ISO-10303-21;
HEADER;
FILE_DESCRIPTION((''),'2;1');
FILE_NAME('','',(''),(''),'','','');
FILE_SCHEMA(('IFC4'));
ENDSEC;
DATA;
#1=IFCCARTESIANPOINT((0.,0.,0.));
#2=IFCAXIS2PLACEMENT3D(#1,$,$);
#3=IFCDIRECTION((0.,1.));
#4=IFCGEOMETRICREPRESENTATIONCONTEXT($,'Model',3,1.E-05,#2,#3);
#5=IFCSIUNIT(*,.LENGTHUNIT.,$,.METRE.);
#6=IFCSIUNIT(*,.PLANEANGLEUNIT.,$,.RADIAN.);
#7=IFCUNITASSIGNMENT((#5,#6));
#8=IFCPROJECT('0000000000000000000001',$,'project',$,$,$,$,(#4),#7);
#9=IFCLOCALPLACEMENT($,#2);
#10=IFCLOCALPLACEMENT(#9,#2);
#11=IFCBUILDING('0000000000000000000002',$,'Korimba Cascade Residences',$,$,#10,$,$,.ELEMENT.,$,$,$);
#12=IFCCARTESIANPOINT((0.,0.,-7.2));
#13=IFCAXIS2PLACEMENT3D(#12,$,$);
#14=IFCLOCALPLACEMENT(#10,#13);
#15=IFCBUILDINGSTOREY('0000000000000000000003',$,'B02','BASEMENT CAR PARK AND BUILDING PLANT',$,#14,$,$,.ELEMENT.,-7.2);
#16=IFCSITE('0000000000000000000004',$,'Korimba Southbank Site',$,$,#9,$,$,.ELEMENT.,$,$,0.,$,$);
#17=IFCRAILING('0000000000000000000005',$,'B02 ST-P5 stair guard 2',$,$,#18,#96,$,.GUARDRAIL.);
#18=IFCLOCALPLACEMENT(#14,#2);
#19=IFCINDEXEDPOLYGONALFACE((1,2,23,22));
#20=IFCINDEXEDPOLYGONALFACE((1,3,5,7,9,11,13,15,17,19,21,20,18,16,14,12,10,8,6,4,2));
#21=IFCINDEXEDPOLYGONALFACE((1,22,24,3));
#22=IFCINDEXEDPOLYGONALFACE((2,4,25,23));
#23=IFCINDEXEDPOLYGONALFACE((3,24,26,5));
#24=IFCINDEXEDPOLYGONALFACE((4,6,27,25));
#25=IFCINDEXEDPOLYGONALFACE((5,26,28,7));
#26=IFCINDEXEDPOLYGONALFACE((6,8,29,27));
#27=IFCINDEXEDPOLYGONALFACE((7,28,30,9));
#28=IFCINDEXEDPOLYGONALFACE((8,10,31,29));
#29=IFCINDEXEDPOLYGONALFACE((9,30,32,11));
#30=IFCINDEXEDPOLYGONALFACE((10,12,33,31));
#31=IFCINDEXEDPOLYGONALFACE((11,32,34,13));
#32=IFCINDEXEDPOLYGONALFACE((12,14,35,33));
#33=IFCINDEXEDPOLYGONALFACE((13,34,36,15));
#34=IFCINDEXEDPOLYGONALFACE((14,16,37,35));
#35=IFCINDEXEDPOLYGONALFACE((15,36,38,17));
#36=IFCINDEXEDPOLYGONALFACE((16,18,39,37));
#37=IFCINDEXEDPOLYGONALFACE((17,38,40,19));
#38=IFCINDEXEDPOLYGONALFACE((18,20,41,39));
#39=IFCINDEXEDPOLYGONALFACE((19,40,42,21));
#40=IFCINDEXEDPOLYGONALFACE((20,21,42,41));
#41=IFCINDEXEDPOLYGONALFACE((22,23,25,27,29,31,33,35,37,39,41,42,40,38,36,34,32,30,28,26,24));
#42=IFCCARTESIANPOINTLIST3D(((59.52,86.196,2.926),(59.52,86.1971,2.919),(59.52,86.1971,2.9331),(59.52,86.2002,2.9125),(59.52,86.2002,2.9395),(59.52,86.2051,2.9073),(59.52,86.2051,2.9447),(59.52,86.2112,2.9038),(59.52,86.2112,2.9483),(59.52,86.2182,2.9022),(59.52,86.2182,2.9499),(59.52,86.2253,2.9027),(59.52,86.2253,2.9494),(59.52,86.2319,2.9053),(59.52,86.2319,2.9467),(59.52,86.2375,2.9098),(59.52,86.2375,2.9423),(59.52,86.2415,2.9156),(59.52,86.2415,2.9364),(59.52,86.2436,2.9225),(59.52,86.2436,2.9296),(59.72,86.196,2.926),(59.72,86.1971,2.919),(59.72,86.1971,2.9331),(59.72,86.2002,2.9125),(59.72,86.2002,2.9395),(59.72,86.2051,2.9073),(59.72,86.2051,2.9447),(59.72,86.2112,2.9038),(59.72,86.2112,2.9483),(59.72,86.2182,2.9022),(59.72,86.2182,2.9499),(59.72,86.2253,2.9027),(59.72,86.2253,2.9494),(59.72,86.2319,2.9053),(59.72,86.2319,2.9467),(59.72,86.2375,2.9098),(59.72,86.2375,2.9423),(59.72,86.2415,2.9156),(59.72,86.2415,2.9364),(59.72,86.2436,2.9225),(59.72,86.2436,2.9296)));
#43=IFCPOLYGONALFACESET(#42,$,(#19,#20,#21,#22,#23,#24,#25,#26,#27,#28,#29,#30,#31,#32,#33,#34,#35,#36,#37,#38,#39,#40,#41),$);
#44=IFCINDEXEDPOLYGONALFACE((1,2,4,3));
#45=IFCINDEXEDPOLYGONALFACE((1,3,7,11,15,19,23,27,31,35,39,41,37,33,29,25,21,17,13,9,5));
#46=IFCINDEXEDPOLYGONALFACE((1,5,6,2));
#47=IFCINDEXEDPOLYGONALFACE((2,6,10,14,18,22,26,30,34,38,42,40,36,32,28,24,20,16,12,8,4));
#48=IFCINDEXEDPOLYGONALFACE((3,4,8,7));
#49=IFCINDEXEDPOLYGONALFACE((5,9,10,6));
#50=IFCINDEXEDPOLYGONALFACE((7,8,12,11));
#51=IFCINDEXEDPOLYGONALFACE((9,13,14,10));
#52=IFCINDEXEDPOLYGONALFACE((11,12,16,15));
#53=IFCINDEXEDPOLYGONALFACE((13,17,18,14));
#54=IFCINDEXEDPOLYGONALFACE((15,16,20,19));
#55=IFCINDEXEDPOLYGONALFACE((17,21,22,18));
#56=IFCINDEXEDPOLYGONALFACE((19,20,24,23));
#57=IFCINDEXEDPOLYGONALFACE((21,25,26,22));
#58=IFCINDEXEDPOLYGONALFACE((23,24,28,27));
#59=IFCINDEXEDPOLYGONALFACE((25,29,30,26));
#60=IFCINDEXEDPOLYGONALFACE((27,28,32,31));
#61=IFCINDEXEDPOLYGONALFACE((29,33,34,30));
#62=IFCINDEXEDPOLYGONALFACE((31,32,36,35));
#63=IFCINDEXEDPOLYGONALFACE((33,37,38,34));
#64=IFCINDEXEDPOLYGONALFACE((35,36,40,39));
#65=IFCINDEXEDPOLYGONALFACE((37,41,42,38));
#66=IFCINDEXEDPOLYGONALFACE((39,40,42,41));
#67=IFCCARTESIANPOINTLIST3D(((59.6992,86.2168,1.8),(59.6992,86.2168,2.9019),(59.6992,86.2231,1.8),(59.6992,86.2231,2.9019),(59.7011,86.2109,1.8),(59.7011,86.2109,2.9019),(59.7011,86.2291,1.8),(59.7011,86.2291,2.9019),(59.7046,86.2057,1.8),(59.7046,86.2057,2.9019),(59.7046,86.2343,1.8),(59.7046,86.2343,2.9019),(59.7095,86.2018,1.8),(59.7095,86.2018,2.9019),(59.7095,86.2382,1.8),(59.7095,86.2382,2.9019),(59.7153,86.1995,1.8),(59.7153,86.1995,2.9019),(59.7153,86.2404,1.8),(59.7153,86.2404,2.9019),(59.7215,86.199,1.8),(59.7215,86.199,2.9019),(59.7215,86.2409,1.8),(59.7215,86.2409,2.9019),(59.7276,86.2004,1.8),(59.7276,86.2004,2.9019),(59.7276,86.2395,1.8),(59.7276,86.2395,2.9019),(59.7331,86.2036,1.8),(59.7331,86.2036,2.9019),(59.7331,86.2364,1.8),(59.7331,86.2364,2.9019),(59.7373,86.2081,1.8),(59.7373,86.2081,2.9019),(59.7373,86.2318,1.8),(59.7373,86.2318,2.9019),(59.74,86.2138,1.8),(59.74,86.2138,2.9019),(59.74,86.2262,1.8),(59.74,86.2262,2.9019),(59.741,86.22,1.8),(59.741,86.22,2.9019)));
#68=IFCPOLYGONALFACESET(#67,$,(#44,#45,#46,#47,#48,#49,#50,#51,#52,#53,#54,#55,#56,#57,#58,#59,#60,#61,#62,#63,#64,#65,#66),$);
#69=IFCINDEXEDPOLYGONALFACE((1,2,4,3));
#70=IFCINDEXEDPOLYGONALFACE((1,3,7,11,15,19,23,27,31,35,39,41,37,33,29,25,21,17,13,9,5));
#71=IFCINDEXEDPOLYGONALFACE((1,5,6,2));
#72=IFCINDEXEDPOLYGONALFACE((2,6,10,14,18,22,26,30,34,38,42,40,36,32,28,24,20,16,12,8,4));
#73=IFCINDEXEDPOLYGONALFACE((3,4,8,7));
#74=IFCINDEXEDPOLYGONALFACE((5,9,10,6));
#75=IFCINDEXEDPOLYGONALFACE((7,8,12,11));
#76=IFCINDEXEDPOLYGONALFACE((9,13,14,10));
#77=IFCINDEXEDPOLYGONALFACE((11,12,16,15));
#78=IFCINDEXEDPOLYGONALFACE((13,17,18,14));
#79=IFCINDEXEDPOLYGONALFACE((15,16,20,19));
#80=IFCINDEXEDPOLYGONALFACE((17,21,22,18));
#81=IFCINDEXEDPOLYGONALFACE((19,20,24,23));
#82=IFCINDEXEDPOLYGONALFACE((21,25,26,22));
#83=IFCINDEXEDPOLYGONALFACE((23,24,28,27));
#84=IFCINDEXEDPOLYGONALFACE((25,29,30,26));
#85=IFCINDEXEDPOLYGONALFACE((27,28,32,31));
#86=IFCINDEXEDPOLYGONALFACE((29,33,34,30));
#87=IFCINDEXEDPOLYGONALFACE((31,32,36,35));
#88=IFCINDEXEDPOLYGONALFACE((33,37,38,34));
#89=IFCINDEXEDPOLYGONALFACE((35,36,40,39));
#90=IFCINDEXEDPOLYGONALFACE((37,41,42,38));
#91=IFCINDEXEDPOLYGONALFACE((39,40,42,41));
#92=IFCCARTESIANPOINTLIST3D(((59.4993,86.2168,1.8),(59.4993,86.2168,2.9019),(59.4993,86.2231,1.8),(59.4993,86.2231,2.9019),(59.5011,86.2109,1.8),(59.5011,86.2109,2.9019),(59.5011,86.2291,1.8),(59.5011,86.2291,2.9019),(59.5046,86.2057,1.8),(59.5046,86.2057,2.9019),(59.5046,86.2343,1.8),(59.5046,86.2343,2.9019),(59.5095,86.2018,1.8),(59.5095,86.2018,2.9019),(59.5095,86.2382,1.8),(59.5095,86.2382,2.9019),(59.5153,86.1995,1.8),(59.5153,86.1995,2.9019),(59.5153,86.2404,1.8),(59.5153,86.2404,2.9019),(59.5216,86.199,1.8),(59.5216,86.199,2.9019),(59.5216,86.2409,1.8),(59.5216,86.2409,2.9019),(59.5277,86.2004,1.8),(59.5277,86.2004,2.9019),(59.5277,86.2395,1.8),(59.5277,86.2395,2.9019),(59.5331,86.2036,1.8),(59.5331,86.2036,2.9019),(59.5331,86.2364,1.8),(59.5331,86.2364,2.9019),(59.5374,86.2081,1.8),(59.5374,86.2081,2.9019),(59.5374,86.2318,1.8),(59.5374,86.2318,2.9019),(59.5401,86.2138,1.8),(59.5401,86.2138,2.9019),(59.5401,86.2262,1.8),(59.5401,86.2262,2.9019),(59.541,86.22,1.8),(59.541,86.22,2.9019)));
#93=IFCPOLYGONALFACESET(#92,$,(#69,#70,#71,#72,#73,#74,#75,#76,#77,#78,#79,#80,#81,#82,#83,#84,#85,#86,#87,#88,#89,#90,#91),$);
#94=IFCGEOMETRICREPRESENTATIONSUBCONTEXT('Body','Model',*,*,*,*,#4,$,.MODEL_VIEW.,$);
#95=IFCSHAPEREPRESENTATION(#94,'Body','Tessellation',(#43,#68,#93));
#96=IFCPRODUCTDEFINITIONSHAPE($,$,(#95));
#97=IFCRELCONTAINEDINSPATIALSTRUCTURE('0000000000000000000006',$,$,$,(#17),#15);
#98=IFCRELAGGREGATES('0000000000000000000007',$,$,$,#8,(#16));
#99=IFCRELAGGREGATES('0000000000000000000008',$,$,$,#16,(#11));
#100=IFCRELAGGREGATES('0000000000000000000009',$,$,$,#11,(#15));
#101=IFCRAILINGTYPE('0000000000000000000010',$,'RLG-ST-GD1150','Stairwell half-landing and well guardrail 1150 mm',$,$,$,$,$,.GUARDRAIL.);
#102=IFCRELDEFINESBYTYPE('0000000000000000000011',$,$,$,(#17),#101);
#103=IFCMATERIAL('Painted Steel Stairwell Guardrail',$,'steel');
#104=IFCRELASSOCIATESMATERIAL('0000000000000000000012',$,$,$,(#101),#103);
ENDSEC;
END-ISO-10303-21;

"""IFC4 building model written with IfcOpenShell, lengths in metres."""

from ifc_helpers import new_model, si_unit, direction, frame, origin, origin_2d, place, context, subcontext, project, spatial, circle, extrude, material, type_object, element, save


model = new_model("IFC4")

# Units and contexts
model_context = context("Model", 3, precision=1e-05, world=origin(), true_north=direction((0.0, 1.0)))
body_context = subcontext(model_context, "Body", "Model", "MODEL_VIEW")
ifc_project = project(units=[si_unit("LENGTHUNIT", "METRE"), si_unit("PLANEANGLEUNIT", "RADIAN")], contexts=[model_context])

# Site, building, storey
site_placement = place(None, origin())
site = spatial("IfcSite", under=ifc_project, at=site_placement, Name="Korimba Southbank Site", CompositionType="ELEMENT", RefElevation=0.0)
building_placement = place(site_placement, origin())
building = spatial("IfcBuilding", under=site, at=building_placement, Name="Korimba Cascade Residences", CompositionType="ELEMENT")
storey_placement = place(building_placement, frame((0.0, 0.0, -7.2)))
storey = spatial("IfcBuildingStorey", under=building, at=storey_placement, Name="B02", Description="BASEMENT CAR PARK AND BUILDING PLANT", CompositionType="ELEMENT", Elevation=-7.2)

# Railing
ifc_material_1 = material(Name="Painted Steel Stairwell Guardrail", Category="steel")
railing_type_1 = type_object("IfcRailingType", Name="RLG-ST-GD1150", Description="Stairwell half-landing and well guardrail 1150 mm", PredefinedType="GUARDRAIL", material=ifc_material_1)
railing_1_placement = place(storey_placement, frame((59.72, 86.22, 1.8)))
element("IfcRailing", 1, at=railing_1_placement, inside=storey, type_object=railing_type_1, Name="B02 ST-P5 stair guard 2", PredefinedType="GUARDRAIL", context=body_context, shape_type="SweptSolid", body=[
    extrude(circle(Radius=0.0239, at=origin_2d()), frame((0.0, 0.0, 1.126), z_axis=(-1.0, 0.0, 0.0), x_axis=(0.0, -1.0, 0.0)), (0.0, 0.0, 1.0), 0.2),
    extrude(circle(Radius=0.021, at=origin_2d()), origin(), (0.0, 0.0, 1.0), 1.1018),
    extrude(circle(Radius=0.021, at=origin_2d()), frame((-0.2, 0.0, 0.0)), (0.0, 0.0, 1.0), 1.1018),
])

save(model, "model.ifc")
